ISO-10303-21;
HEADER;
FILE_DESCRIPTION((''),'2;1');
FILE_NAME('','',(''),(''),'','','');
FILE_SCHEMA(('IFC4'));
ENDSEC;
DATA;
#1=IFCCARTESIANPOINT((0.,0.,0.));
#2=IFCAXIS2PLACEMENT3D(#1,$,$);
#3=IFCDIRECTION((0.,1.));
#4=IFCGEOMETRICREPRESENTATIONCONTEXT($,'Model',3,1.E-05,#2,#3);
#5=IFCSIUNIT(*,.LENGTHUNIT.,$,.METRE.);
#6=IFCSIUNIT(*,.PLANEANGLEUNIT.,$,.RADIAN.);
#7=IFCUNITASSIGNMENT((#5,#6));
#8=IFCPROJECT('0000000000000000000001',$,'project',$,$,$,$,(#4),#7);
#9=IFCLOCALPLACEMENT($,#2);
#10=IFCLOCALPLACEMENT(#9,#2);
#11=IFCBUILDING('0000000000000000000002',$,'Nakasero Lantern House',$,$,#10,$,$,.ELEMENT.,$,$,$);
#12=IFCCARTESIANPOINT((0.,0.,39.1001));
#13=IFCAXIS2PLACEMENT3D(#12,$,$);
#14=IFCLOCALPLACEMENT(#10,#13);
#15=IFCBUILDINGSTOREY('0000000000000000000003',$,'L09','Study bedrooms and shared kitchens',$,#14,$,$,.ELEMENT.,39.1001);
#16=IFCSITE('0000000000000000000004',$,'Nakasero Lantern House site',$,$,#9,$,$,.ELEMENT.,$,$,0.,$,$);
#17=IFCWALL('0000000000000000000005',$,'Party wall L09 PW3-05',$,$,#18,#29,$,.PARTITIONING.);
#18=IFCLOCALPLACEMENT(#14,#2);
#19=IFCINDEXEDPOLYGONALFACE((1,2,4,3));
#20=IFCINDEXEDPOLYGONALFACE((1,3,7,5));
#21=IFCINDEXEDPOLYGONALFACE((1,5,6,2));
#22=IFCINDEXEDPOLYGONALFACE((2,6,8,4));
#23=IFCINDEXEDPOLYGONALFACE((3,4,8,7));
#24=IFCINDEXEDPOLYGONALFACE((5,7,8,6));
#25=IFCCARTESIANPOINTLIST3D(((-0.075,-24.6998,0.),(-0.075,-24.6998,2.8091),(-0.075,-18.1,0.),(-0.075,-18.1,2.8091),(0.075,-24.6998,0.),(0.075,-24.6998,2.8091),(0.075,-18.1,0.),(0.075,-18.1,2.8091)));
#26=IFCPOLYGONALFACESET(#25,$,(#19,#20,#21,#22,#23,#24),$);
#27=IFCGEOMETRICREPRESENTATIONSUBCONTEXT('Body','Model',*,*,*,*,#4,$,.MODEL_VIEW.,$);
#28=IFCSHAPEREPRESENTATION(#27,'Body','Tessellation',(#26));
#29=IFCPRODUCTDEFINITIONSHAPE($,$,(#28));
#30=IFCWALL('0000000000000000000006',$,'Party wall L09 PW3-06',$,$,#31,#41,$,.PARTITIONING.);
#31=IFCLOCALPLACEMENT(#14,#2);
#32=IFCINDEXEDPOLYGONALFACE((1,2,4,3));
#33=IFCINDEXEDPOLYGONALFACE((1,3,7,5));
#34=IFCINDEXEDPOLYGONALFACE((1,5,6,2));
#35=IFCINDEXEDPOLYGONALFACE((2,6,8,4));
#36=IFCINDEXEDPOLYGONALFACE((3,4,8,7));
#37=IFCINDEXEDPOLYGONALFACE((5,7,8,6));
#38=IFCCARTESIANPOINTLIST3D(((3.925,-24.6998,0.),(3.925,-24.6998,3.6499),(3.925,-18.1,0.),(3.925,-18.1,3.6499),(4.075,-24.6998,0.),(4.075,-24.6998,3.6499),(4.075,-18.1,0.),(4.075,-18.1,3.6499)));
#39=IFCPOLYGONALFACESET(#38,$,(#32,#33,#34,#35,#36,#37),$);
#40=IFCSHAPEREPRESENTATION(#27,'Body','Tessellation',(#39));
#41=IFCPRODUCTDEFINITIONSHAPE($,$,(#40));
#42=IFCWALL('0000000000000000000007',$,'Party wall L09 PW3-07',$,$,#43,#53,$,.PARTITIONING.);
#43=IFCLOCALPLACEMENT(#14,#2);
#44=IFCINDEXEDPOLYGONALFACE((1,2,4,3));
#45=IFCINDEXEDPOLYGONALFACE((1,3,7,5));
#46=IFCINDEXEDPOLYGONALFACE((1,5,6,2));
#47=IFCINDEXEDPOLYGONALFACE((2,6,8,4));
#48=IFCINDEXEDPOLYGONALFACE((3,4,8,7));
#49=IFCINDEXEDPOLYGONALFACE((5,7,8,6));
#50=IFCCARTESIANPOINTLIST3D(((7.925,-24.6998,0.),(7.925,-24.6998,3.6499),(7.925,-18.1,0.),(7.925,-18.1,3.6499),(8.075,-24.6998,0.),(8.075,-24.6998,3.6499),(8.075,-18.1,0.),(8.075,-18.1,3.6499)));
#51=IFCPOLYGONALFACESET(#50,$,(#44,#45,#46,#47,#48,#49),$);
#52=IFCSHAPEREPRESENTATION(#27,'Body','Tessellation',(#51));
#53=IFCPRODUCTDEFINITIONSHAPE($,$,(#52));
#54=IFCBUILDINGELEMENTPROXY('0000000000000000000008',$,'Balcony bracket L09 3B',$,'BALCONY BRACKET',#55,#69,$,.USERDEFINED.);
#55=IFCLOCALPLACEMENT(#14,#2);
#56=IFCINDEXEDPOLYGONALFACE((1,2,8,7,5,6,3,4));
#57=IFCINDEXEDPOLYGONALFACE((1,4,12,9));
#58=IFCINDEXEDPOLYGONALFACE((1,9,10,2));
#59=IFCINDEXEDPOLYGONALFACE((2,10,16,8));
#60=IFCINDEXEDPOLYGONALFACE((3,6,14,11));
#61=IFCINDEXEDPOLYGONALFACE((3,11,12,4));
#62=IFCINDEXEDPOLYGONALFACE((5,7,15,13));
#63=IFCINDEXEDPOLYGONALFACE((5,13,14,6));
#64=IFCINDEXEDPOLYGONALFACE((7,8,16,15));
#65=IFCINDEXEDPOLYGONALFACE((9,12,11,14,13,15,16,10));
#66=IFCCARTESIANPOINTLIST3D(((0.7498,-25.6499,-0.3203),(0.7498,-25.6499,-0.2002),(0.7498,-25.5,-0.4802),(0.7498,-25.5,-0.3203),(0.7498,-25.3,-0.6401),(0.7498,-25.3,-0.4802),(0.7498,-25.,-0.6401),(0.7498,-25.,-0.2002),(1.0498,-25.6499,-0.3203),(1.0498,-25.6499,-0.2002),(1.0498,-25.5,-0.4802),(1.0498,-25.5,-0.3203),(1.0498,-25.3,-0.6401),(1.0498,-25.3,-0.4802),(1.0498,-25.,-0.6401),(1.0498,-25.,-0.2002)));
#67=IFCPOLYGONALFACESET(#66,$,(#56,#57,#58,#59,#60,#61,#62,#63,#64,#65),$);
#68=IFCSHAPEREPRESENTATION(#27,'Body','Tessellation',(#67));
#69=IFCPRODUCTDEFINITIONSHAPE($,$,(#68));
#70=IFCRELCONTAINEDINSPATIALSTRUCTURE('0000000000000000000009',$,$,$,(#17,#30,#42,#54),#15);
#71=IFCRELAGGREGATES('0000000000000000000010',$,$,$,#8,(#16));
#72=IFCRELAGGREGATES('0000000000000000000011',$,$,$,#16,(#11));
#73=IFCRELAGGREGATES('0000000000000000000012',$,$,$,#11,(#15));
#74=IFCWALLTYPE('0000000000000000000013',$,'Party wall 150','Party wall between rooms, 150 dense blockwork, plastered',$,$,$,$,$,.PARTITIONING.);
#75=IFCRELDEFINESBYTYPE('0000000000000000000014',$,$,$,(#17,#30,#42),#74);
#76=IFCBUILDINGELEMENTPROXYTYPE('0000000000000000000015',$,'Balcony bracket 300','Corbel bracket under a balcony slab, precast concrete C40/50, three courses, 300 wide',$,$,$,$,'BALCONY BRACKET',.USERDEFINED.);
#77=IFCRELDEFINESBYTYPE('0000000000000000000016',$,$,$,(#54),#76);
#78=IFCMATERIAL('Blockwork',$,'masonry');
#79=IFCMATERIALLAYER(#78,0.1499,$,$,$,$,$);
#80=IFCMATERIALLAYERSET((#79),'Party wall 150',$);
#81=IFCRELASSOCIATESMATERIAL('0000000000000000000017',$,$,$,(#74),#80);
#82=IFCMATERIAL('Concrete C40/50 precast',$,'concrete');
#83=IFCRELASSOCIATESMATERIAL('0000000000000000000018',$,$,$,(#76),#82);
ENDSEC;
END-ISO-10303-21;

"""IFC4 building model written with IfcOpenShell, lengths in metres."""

from ifc_helpers import new_model, si_unit, direction, frame, frame_2d, origin, place, context, subcontext, project, spatial, polyline, rectangle, outline, extrude, material, layer, layer_set, type_object, element, save


model = new_model("IFC4")

# Units and contexts
model_context = context("Model", 3, precision=1e-05, world=origin(), true_north=direction((0.0, 1.0)))
body_context = subcontext(model_context, "Body", "Model", "MODEL_VIEW")
ifc_project = project(units=[si_unit("LENGTHUNIT", "METRE"), si_unit("PLANEANGLEUNIT", "RADIAN")], contexts=[model_context])

# Site, building, storey
site_placement = place(None, origin())
site = spatial("IfcSite", under=ifc_project, at=site_placement, Name="Nakasero Lantern House site", CompositionType="ELEMENT", RefElevation=0.0)
building_placement = place(site_placement, origin())
building = spatial("IfcBuilding", under=site, at=building_placement, Name="Nakasero Lantern House", CompositionType="ELEMENT")
storey_placement = place(building_placement, frame((0.0, 0.0, 39.1001)))
storey = spatial("IfcBuildingStorey", under=building, at=storey_placement, Name="L09", Description="Study bedrooms and shared kitchens", CompositionType="ELEMENT", Elevation=39.1001)

# Walls
ifc_material_1 = material(Name="Blockwork", Category="masonry")
ifc_layer_1 = layer(ifc_material_1, 0.1499)
ifc_layer_set_1 = layer_set([ifc_layer_1], Name="Party wall 150")
wall_type_1 = type_object("IfcWallType", Name="Party wall 150", Description="Party wall between rooms, 150 dense blockwork, plastered", PredefinedType="PARTITIONING", material=ifc_layer_set_1)
wall_1_placement = place(storey_placement, frame((0.0, -18.1001, 0.0), z_axis=(0.0, 0.0, 1.0), x_axis=(0.0, -1.0, 0.0)))
element("IfcWall", 1, at=wall_1_placement, inside=storey, type_object=wall_type_1, Name="Party wall L09 PW3-05", PredefinedType="PARTITIONING", context=body_context, shape_type="SweptSolid", body=[
    extrude(rectangle(XDim=6.5999, YDim=0.1499, at=frame_2d((3.2998, 0.0))), origin(), (0.0, 0.0, 1.0), 2.8091),
])
for number, where, z_axis, x_axis, name in (
    (2, (4.0, -18.1001, 0.0), (0.0, 0.0, 1.0), (0.0, -1.0, 0.0), "Party wall L09 PW3-06"),
    (3, (8.0, -18.1001, 0.0), (0.0, 0.0, 1.0), (0.0, -1.0, 0.0), "Party wall L09 PW3-07"),
):
    element("IfcWall", number, at=place(storey_placement, frame(where, z_axis=z_axis, x_axis=x_axis)), inside=storey, type_object=wall_type_1, Name=name, PredefinedType="PARTITIONING", context=body_context, shape_type="SweptSolid", body=[
        extrude(rectangle(XDim=6.5999, YDim=0.1499, at=frame_2d((3.2998, 0.0))), origin(), (0.0, 0.0, 1.0), 3.6499),
    ])

# Building element proxy
ifc_material_2 = material(Name="Concrete C40/50 precast", Category="concrete")
building_element_proxy_type = type_object("IfcBuildingElementProxyType", Name="Balcony bracket 300", Description="Corbel bracket under a balcony slab, precast concrete C40/50, three courses, 300 wide", ElementType="BALCONY BRACKET", PredefinedType="USERDEFINED", material=ifc_material_2)
proxy_placement = place(storey_placement, frame((0.8999, -25.0, -0.2002), z_axis=(0.0, 0.0, 1.0), x_axis=(0.0, -1.0, 0.0)))
element("IfcBuildingElementProxy", 4, at=proxy_placement, inside=storey, type_object=building_element_proxy_type, Name="Balcony bracket L09 3B", ObjectType="BALCONY BRACKET", PredefinedType="USERDEFINED", context=body_context, shape_type="SweptSolid", body=[
    extrude(outline(polyline([(0.0, 0.0), (0.6499, 0.0), (0.6499, -0.1201), (0.5, -0.1201), (0.5, -0.28), (0.3, -0.28), (0.3, -0.4399), (0.0, -0.4399), (0.0, 0.0)])), frame((0.0, 0.1499, 0.0), z_axis=(0.0, -1.0, 0.0), x_axis=(1.0, 0.0, 0.0)), (0.0, 0.0, 1.0), 0.3),
])

save(model, "model.ifc")
